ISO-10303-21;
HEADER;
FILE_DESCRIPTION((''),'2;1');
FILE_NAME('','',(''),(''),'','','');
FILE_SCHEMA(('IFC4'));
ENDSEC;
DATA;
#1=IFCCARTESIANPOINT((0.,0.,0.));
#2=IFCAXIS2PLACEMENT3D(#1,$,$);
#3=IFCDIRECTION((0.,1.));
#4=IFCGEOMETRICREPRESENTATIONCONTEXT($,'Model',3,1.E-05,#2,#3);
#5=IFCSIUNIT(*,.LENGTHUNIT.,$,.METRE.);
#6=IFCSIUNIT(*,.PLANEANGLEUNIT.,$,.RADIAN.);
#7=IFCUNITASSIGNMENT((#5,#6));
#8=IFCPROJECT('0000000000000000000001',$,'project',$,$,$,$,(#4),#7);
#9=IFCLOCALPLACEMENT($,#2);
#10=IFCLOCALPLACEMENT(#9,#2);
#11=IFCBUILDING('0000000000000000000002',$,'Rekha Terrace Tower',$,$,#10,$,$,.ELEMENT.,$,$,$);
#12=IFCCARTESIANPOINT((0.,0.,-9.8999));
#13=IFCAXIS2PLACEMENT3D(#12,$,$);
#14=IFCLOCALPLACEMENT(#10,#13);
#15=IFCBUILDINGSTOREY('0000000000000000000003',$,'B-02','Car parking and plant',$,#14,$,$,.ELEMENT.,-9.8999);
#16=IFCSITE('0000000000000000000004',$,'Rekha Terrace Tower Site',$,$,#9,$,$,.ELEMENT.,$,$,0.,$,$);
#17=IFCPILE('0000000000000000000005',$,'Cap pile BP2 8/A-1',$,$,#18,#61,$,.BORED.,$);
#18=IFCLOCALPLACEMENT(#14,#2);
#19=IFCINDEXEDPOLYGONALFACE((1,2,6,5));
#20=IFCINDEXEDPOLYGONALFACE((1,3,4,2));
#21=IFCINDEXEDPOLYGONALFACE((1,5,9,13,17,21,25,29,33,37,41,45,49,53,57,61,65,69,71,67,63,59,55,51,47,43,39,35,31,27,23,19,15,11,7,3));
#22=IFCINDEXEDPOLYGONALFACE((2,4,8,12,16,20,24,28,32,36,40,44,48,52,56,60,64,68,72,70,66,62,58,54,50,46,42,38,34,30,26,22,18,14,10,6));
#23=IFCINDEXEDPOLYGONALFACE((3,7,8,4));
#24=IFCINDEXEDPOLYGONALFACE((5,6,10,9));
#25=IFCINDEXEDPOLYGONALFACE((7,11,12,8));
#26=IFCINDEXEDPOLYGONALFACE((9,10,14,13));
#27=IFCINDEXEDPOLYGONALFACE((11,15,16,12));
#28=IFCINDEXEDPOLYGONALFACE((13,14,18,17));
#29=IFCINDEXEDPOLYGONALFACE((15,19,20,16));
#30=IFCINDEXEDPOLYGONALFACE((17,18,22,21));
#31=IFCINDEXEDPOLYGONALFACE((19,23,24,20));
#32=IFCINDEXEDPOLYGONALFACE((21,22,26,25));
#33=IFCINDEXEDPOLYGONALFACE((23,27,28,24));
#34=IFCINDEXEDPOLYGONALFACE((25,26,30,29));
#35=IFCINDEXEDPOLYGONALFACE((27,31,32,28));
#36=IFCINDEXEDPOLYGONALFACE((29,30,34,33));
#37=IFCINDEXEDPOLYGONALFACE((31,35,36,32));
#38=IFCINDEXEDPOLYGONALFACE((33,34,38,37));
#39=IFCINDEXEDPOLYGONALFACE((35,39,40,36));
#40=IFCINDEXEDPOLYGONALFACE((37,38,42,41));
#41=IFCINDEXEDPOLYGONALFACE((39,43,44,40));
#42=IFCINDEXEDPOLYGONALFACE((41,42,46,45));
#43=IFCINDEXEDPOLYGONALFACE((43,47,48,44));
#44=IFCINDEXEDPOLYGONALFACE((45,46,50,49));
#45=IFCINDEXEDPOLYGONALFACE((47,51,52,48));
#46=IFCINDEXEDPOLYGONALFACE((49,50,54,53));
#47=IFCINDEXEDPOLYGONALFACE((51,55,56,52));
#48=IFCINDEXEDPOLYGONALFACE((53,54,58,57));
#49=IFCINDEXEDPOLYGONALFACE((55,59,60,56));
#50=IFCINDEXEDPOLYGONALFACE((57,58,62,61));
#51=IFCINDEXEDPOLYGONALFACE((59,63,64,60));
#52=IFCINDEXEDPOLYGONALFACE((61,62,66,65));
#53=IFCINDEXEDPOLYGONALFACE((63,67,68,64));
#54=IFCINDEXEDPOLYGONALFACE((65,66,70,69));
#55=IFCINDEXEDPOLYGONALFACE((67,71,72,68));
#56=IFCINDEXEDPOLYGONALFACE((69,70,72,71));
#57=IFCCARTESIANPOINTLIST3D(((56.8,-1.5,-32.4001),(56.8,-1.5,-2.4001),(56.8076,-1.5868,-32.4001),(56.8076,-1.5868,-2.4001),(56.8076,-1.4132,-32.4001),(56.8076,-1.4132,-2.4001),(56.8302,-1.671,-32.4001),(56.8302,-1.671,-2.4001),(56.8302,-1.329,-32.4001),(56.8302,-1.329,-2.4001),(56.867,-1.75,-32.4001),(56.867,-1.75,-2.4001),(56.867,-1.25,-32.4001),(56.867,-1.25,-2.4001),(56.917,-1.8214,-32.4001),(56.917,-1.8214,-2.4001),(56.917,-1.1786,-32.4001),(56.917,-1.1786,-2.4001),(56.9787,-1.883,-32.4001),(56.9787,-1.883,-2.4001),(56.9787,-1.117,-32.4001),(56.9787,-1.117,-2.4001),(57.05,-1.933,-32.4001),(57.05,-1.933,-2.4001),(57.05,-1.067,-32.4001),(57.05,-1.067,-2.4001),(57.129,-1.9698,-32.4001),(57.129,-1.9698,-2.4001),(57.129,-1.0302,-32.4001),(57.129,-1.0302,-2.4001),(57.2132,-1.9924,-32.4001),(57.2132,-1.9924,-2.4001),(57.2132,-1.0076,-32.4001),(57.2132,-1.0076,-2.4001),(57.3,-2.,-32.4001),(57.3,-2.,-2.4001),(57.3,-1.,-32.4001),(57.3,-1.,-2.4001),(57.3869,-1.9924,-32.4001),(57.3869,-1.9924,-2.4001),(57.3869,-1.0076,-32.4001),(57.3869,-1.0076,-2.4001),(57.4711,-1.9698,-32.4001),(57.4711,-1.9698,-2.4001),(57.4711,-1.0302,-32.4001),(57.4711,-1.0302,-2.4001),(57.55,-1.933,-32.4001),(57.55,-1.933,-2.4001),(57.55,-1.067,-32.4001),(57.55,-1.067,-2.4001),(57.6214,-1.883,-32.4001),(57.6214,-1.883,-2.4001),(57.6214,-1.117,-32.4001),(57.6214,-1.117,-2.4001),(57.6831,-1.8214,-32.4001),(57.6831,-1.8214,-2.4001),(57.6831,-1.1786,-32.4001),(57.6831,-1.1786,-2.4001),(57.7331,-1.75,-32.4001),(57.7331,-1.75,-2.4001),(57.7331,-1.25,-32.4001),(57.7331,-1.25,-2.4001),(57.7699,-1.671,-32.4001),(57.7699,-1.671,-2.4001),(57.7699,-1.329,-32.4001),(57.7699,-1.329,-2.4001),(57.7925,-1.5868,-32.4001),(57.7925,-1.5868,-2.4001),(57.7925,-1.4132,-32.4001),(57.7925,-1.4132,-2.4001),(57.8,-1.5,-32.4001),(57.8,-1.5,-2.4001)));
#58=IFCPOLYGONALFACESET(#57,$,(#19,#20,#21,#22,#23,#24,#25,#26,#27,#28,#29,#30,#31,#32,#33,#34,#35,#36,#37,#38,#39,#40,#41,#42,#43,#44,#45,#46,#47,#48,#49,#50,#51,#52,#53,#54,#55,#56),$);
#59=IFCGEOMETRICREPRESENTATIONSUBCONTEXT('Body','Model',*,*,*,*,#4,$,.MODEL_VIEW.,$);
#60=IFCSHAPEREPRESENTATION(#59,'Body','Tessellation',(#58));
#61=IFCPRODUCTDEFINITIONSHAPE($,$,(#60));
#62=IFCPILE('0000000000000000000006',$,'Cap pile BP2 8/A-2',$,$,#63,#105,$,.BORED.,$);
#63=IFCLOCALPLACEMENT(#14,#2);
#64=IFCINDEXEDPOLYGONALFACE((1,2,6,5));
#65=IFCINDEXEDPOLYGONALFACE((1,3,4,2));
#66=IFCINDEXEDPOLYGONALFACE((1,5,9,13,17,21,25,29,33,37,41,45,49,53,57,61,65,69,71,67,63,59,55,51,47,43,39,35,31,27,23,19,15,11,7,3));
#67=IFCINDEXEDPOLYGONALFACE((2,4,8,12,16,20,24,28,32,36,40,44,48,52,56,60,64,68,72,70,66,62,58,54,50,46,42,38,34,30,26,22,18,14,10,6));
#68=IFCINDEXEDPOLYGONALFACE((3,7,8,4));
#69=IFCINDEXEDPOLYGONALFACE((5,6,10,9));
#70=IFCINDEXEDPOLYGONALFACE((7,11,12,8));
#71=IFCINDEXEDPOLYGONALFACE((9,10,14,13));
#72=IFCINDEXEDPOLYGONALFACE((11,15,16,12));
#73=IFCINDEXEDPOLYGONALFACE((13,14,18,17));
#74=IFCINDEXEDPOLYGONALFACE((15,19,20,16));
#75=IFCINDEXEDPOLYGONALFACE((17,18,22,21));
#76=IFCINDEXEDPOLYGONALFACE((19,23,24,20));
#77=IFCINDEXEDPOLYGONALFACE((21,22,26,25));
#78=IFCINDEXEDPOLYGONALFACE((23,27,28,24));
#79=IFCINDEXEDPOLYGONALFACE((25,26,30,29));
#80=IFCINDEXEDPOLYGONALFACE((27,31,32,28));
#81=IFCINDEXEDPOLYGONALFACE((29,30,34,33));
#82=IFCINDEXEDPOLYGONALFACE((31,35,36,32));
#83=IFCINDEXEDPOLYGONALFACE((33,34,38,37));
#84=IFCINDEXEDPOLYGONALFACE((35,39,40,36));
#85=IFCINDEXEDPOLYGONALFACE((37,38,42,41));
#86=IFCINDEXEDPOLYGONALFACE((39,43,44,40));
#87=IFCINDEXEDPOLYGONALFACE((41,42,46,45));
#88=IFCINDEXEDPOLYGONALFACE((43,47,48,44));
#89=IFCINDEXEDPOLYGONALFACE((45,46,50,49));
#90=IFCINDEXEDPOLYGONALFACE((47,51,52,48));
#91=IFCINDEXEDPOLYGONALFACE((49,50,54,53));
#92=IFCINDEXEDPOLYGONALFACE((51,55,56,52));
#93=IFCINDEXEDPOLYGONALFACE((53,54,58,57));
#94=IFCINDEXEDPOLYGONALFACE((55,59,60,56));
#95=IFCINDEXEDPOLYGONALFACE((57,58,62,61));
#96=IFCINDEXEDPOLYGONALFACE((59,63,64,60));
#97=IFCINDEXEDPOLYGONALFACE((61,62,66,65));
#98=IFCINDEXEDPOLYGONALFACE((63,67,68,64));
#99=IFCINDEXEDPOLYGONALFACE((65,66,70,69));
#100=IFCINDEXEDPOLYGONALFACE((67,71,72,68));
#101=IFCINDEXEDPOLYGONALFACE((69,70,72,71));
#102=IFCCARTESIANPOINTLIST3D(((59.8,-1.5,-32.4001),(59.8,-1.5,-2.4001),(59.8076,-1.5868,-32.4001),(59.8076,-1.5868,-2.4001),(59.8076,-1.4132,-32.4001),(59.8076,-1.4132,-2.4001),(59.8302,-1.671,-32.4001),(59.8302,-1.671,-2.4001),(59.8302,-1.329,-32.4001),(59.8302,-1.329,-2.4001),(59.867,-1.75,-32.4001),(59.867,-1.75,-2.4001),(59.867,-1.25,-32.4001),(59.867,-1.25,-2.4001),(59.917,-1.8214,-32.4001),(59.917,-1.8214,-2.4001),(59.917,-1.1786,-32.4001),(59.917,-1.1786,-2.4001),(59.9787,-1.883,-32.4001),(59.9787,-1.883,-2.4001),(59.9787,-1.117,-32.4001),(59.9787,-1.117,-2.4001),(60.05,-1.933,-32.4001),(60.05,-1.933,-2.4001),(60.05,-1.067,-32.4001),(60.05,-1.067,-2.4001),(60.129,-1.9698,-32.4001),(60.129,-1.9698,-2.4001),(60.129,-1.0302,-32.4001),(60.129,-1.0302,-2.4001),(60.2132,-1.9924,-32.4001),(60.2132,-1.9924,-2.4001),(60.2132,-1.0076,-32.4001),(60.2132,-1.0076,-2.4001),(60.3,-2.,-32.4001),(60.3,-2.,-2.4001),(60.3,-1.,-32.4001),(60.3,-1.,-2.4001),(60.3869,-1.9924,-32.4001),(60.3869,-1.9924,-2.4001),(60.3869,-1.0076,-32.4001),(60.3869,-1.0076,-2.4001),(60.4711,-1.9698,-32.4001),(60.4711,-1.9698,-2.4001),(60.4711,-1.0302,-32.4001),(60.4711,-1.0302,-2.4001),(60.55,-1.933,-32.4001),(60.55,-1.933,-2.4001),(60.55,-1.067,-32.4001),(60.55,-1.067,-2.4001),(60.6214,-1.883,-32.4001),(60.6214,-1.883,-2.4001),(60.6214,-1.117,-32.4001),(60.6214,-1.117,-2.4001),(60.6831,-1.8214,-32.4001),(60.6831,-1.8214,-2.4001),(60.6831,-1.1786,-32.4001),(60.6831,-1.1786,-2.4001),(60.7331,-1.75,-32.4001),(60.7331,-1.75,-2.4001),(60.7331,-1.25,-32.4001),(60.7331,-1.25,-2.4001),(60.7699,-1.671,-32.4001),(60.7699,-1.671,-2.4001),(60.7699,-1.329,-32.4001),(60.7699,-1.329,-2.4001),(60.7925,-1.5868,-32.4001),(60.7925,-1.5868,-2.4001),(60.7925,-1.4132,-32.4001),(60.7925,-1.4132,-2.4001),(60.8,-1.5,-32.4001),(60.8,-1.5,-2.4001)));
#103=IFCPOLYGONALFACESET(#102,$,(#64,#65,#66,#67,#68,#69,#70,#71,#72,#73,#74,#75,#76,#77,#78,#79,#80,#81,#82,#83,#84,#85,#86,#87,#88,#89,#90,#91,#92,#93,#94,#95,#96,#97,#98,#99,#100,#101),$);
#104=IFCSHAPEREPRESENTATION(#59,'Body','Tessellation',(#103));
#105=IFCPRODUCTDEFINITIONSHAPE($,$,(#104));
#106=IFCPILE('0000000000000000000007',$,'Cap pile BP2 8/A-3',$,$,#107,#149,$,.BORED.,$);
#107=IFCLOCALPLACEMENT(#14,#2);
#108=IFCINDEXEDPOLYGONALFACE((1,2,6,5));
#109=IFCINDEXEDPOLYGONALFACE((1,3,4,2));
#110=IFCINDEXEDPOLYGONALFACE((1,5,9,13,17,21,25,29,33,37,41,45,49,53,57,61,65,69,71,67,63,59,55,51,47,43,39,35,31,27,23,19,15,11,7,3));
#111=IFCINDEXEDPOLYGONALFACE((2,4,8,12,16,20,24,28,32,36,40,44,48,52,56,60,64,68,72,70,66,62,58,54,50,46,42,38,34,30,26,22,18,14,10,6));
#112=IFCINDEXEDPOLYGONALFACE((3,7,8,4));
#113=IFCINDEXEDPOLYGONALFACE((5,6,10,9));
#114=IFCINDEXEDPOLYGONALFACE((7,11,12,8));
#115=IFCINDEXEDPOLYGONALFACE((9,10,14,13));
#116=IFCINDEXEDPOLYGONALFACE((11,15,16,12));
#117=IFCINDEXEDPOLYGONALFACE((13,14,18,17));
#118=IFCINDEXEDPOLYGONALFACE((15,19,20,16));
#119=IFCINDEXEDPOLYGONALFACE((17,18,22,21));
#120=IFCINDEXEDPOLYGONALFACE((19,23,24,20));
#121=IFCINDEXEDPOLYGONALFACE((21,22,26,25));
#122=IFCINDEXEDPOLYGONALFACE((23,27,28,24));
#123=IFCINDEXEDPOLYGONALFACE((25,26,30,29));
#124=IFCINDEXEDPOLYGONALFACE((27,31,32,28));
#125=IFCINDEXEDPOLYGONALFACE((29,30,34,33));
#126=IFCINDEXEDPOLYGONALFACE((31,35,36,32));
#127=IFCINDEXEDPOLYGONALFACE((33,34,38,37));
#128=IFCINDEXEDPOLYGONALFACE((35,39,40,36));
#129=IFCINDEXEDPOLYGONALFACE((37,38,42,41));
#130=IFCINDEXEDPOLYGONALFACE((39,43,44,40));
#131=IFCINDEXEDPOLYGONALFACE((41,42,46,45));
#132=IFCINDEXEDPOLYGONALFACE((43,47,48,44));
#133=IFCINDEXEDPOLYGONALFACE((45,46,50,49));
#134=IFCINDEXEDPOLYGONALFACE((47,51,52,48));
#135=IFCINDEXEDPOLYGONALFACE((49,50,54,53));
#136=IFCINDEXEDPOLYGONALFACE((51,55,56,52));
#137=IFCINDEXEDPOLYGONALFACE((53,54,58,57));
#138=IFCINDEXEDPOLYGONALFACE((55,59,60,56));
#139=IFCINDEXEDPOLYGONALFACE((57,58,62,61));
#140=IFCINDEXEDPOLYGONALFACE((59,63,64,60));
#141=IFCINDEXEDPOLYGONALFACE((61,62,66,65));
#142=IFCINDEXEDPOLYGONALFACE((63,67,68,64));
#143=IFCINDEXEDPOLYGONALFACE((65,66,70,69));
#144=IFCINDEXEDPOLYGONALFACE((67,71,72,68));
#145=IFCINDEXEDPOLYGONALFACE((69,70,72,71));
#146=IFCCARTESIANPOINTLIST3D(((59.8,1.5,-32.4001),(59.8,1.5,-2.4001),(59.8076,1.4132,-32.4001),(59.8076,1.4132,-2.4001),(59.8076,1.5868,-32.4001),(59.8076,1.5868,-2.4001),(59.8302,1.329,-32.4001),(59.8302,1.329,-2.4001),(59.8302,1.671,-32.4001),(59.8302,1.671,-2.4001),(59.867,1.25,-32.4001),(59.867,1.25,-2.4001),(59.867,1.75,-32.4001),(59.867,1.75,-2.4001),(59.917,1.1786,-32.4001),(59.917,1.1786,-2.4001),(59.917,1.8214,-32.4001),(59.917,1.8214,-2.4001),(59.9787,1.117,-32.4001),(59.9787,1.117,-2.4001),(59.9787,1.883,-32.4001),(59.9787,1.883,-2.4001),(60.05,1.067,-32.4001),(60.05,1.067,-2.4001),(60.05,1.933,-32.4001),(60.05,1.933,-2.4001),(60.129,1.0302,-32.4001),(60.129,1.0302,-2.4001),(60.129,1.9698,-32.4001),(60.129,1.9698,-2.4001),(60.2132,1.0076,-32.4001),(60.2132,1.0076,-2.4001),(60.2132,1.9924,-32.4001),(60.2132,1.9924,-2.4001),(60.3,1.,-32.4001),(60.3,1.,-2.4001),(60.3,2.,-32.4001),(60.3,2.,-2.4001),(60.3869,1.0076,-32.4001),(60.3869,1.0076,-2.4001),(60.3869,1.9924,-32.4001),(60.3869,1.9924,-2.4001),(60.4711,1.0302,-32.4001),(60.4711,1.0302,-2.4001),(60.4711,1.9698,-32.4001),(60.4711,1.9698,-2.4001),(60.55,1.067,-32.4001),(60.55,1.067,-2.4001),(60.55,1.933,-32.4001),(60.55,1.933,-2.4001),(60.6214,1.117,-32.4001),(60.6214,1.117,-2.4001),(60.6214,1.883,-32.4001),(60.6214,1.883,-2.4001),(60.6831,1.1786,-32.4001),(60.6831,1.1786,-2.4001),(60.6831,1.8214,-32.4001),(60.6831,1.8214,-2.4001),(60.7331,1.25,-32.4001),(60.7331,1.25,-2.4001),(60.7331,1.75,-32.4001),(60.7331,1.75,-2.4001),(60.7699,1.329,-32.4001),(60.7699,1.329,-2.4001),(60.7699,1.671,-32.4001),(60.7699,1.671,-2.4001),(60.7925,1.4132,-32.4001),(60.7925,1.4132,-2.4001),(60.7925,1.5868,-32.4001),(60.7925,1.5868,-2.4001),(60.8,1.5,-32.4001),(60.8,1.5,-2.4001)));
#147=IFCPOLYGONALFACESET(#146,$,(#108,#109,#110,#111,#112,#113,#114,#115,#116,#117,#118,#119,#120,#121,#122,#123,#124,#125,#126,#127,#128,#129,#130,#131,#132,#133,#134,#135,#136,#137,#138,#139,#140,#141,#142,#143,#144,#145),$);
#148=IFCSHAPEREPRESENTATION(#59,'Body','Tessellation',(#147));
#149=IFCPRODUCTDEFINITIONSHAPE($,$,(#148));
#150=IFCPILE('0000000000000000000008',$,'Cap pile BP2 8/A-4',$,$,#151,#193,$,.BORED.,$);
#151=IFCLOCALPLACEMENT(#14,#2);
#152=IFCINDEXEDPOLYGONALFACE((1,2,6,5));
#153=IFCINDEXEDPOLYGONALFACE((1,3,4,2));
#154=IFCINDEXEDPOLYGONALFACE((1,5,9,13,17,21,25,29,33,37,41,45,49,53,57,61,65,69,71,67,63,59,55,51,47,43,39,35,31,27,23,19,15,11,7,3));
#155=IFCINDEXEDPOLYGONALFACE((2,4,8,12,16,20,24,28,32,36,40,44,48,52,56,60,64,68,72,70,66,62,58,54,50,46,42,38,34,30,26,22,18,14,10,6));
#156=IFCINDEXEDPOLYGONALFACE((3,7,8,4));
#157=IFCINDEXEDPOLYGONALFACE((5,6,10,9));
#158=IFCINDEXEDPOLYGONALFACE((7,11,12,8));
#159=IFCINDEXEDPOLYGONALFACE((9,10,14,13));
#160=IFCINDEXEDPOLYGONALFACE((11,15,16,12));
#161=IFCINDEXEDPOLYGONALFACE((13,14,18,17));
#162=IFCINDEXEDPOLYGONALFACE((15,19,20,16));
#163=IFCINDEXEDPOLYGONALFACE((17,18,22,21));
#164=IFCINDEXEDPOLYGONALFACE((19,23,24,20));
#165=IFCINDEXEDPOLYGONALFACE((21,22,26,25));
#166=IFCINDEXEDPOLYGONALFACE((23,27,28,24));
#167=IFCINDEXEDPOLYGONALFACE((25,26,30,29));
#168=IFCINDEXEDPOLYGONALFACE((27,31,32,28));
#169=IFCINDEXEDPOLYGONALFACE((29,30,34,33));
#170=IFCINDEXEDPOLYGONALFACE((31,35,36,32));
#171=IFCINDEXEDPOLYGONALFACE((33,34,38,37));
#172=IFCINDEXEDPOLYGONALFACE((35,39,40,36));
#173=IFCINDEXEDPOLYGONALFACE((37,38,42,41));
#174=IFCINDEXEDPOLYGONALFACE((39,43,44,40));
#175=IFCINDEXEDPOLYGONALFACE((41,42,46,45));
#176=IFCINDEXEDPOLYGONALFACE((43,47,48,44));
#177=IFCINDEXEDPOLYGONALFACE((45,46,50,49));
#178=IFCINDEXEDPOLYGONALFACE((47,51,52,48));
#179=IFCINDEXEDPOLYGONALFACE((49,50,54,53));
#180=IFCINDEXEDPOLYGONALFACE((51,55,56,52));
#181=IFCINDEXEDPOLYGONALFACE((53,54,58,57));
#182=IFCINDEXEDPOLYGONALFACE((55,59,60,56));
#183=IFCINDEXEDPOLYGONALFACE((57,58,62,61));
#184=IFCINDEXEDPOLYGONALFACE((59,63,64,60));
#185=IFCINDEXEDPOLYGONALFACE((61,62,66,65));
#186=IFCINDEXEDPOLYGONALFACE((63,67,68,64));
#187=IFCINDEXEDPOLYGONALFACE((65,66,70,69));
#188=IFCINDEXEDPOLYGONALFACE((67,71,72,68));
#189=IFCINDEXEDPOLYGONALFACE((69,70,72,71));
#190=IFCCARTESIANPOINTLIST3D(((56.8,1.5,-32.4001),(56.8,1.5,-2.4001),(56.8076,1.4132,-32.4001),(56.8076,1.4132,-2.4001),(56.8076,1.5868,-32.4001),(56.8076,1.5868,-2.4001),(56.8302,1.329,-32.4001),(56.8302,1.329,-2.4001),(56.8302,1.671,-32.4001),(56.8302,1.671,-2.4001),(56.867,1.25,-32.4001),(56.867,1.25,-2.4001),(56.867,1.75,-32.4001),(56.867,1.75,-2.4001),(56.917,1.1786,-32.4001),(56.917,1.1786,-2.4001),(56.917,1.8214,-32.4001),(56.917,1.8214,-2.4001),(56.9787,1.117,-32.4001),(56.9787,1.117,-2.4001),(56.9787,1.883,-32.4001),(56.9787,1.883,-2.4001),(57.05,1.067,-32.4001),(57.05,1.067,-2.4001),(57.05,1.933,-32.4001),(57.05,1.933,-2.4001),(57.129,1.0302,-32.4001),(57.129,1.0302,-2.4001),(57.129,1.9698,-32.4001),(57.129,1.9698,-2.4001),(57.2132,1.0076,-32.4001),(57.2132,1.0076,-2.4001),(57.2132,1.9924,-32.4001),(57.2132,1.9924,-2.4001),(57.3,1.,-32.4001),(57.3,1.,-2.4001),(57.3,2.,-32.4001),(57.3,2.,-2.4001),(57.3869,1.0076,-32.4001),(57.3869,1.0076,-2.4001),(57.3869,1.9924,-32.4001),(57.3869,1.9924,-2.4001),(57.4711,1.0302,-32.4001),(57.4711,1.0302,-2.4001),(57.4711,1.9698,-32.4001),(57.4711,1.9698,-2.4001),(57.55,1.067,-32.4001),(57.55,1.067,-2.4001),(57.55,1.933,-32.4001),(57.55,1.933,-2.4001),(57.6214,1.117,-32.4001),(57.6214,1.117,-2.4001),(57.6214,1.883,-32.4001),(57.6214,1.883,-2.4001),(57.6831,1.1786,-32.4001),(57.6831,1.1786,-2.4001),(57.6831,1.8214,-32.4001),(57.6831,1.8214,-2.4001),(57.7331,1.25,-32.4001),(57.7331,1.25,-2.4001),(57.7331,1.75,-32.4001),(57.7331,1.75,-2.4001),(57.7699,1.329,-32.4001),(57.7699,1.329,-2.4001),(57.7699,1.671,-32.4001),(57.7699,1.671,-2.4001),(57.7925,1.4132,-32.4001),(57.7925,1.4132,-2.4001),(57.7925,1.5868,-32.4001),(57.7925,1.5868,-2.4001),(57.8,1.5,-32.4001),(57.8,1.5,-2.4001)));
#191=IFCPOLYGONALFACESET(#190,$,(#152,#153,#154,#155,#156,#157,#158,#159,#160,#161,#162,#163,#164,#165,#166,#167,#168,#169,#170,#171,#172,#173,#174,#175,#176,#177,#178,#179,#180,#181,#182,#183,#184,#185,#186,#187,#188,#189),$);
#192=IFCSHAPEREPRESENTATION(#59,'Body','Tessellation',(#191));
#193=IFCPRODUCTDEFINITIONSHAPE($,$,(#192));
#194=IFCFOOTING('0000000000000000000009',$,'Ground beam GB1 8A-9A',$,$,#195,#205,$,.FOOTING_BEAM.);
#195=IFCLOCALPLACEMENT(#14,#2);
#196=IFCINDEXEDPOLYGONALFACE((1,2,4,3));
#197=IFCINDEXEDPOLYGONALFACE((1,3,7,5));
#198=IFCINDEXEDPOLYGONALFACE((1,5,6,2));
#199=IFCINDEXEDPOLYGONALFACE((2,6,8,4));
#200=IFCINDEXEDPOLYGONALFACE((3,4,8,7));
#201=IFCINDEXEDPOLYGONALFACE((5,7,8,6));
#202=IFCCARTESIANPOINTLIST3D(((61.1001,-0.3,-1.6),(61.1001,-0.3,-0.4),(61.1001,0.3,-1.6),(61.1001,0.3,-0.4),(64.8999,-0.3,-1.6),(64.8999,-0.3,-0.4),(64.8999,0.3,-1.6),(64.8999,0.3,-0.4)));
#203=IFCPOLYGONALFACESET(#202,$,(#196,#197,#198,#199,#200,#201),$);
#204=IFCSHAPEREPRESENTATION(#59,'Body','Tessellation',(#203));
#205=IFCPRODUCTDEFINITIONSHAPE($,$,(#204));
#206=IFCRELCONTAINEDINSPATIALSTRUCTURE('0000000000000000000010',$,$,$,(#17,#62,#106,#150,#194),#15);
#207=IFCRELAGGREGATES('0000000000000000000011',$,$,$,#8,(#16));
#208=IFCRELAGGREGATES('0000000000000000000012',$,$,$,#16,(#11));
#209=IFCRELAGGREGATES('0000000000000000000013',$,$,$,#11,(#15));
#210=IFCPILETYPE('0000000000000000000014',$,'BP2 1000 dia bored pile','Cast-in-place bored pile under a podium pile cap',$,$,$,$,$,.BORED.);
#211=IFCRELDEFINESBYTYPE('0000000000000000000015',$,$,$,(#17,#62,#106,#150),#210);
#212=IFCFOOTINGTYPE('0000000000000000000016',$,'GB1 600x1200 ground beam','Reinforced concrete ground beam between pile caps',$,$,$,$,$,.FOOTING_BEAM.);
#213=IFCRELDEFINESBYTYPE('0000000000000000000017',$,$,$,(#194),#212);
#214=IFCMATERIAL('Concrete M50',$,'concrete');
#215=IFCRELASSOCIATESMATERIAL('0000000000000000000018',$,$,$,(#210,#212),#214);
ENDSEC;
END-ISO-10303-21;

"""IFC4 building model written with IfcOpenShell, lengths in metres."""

from ifc_helpers import new_model, si_unit, direction, frame, origin, origin_2d, place, context, subcontext, project, spatial, rectangle, circle, extrude, material, material_profile, profile_set, type_object, element, save


model = new_model("IFC4")

# Units and contexts
model_context = context("Model", 3, precision=1e-05, world=origin(), true_north=direction((0.0, 1.0)))
body_context = subcontext(model_context, "Body", "Model", "MODEL_VIEW")
ifc_project = project(units=[si_unit("LENGTHUNIT", "METRE"), si_unit("PLANEANGLEUNIT", "RADIAN")], contexts=[model_context])

# Site, building, storey
site_placement = place(None, origin())
site = spatial("IfcSite", under=ifc_project, at=site_placement, Name="Rekha Terrace Tower Site", CompositionType="ELEMENT", RefElevation=0.0)
building_placement = place(site_placement, origin())
building = spatial("IfcBuilding", under=site, at=building_placement, Name="Rekha Terrace Tower", CompositionType="ELEMENT")
storey_placement = place(building_placement, frame((0.0, 0.0, -9.8999)))
storey = spatial("IfcBuildingStorey", under=building, at=storey_placement, Name="B-02", Description="Car parking and plant", CompositionType="ELEMENT", Elevation=-9.8999)

# Piles
ifc_material_1 = material(Name="Concrete M50", Category="concrete")
pile_type_1 = type_object("IfcPileType", Name="BP2 1000 dia bored pile", Description="Cast-in-place bored pile under a podium pile cap", PredefinedType="BORED", material=ifc_material_1)
for number, where, z_axis, x_axis, name in (
    (1, (57.3, -1.5, -2.4001), (0.0, 0.0, -1.0), (1.0, 0.0, 0.0), "Cap pile BP2 8/A-1"),
    (2, (60.3, -1.5, -2.4001), (0.0, 0.0, -1.0), (1.0, 0.0, 0.0), "Cap pile BP2 8/A-2"),
    (3, (60.3, 1.5, -2.4001), (0.0, 0.0, -1.0), (1.0, 0.0, 0.0), "Cap pile BP2 8/A-3"),
    (4, (57.3, 1.5, -2.4001), (0.0, 0.0, -1.0), (1.0, 0.0, 0.0), "Cap pile BP2 8/A-4"),
):
    element("IfcPile", number, at=place(storey_placement, frame(where, z_axis=z_axis, x_axis=x_axis)), inside=storey, type_object=pile_type_1, Name=name, PredefinedType="BORED", context=body_context, shape_type="SweptSolid", body=[
        extrude(circle(Radius=0.5, at=origin_2d()), origin(), (0.0, 0.0, 1.0), 30.0),
    ])

# Footing
ifc_material_profile_1 = material_profile(ifc_material_1, rectangle(XDim=0.6001, YDim=1.2, at=origin_2d()), Name="RC 600x1200")
ifc_profile_set_1 = profile_set([ifc_material_profile_1], Name="Concrete M50")
footing_type_1 = type_object("IfcFootingType", Name="GB1 600x1200 ground beam", Description="Reinforced concrete ground beam between pile caps", PredefinedType="FOOTING_BEAM", material=ifc_profile_set_1)
footing_1_placement = place(storey_placement, frame((61.1001, 0.0, -1.0), z_axis=(1.0, 0.0, 0.0), x_axis=(0.0, 1.0, 0.0)))
element("IfcFooting", 5, at=footing_1_placement, inside=storey, type_object=footing_type_1, Name="Ground beam GB1 8A-9A", PredefinedType="FOOTING_BEAM", context=body_context, shape_type="SweptSolid", body=[
    extrude(rectangle(XDim=0.6001, YDim=1.2, at=origin_2d()), origin(), (0.0, 0.0, 1.0), 3.7998),
])

save(model, "model.ifc")
